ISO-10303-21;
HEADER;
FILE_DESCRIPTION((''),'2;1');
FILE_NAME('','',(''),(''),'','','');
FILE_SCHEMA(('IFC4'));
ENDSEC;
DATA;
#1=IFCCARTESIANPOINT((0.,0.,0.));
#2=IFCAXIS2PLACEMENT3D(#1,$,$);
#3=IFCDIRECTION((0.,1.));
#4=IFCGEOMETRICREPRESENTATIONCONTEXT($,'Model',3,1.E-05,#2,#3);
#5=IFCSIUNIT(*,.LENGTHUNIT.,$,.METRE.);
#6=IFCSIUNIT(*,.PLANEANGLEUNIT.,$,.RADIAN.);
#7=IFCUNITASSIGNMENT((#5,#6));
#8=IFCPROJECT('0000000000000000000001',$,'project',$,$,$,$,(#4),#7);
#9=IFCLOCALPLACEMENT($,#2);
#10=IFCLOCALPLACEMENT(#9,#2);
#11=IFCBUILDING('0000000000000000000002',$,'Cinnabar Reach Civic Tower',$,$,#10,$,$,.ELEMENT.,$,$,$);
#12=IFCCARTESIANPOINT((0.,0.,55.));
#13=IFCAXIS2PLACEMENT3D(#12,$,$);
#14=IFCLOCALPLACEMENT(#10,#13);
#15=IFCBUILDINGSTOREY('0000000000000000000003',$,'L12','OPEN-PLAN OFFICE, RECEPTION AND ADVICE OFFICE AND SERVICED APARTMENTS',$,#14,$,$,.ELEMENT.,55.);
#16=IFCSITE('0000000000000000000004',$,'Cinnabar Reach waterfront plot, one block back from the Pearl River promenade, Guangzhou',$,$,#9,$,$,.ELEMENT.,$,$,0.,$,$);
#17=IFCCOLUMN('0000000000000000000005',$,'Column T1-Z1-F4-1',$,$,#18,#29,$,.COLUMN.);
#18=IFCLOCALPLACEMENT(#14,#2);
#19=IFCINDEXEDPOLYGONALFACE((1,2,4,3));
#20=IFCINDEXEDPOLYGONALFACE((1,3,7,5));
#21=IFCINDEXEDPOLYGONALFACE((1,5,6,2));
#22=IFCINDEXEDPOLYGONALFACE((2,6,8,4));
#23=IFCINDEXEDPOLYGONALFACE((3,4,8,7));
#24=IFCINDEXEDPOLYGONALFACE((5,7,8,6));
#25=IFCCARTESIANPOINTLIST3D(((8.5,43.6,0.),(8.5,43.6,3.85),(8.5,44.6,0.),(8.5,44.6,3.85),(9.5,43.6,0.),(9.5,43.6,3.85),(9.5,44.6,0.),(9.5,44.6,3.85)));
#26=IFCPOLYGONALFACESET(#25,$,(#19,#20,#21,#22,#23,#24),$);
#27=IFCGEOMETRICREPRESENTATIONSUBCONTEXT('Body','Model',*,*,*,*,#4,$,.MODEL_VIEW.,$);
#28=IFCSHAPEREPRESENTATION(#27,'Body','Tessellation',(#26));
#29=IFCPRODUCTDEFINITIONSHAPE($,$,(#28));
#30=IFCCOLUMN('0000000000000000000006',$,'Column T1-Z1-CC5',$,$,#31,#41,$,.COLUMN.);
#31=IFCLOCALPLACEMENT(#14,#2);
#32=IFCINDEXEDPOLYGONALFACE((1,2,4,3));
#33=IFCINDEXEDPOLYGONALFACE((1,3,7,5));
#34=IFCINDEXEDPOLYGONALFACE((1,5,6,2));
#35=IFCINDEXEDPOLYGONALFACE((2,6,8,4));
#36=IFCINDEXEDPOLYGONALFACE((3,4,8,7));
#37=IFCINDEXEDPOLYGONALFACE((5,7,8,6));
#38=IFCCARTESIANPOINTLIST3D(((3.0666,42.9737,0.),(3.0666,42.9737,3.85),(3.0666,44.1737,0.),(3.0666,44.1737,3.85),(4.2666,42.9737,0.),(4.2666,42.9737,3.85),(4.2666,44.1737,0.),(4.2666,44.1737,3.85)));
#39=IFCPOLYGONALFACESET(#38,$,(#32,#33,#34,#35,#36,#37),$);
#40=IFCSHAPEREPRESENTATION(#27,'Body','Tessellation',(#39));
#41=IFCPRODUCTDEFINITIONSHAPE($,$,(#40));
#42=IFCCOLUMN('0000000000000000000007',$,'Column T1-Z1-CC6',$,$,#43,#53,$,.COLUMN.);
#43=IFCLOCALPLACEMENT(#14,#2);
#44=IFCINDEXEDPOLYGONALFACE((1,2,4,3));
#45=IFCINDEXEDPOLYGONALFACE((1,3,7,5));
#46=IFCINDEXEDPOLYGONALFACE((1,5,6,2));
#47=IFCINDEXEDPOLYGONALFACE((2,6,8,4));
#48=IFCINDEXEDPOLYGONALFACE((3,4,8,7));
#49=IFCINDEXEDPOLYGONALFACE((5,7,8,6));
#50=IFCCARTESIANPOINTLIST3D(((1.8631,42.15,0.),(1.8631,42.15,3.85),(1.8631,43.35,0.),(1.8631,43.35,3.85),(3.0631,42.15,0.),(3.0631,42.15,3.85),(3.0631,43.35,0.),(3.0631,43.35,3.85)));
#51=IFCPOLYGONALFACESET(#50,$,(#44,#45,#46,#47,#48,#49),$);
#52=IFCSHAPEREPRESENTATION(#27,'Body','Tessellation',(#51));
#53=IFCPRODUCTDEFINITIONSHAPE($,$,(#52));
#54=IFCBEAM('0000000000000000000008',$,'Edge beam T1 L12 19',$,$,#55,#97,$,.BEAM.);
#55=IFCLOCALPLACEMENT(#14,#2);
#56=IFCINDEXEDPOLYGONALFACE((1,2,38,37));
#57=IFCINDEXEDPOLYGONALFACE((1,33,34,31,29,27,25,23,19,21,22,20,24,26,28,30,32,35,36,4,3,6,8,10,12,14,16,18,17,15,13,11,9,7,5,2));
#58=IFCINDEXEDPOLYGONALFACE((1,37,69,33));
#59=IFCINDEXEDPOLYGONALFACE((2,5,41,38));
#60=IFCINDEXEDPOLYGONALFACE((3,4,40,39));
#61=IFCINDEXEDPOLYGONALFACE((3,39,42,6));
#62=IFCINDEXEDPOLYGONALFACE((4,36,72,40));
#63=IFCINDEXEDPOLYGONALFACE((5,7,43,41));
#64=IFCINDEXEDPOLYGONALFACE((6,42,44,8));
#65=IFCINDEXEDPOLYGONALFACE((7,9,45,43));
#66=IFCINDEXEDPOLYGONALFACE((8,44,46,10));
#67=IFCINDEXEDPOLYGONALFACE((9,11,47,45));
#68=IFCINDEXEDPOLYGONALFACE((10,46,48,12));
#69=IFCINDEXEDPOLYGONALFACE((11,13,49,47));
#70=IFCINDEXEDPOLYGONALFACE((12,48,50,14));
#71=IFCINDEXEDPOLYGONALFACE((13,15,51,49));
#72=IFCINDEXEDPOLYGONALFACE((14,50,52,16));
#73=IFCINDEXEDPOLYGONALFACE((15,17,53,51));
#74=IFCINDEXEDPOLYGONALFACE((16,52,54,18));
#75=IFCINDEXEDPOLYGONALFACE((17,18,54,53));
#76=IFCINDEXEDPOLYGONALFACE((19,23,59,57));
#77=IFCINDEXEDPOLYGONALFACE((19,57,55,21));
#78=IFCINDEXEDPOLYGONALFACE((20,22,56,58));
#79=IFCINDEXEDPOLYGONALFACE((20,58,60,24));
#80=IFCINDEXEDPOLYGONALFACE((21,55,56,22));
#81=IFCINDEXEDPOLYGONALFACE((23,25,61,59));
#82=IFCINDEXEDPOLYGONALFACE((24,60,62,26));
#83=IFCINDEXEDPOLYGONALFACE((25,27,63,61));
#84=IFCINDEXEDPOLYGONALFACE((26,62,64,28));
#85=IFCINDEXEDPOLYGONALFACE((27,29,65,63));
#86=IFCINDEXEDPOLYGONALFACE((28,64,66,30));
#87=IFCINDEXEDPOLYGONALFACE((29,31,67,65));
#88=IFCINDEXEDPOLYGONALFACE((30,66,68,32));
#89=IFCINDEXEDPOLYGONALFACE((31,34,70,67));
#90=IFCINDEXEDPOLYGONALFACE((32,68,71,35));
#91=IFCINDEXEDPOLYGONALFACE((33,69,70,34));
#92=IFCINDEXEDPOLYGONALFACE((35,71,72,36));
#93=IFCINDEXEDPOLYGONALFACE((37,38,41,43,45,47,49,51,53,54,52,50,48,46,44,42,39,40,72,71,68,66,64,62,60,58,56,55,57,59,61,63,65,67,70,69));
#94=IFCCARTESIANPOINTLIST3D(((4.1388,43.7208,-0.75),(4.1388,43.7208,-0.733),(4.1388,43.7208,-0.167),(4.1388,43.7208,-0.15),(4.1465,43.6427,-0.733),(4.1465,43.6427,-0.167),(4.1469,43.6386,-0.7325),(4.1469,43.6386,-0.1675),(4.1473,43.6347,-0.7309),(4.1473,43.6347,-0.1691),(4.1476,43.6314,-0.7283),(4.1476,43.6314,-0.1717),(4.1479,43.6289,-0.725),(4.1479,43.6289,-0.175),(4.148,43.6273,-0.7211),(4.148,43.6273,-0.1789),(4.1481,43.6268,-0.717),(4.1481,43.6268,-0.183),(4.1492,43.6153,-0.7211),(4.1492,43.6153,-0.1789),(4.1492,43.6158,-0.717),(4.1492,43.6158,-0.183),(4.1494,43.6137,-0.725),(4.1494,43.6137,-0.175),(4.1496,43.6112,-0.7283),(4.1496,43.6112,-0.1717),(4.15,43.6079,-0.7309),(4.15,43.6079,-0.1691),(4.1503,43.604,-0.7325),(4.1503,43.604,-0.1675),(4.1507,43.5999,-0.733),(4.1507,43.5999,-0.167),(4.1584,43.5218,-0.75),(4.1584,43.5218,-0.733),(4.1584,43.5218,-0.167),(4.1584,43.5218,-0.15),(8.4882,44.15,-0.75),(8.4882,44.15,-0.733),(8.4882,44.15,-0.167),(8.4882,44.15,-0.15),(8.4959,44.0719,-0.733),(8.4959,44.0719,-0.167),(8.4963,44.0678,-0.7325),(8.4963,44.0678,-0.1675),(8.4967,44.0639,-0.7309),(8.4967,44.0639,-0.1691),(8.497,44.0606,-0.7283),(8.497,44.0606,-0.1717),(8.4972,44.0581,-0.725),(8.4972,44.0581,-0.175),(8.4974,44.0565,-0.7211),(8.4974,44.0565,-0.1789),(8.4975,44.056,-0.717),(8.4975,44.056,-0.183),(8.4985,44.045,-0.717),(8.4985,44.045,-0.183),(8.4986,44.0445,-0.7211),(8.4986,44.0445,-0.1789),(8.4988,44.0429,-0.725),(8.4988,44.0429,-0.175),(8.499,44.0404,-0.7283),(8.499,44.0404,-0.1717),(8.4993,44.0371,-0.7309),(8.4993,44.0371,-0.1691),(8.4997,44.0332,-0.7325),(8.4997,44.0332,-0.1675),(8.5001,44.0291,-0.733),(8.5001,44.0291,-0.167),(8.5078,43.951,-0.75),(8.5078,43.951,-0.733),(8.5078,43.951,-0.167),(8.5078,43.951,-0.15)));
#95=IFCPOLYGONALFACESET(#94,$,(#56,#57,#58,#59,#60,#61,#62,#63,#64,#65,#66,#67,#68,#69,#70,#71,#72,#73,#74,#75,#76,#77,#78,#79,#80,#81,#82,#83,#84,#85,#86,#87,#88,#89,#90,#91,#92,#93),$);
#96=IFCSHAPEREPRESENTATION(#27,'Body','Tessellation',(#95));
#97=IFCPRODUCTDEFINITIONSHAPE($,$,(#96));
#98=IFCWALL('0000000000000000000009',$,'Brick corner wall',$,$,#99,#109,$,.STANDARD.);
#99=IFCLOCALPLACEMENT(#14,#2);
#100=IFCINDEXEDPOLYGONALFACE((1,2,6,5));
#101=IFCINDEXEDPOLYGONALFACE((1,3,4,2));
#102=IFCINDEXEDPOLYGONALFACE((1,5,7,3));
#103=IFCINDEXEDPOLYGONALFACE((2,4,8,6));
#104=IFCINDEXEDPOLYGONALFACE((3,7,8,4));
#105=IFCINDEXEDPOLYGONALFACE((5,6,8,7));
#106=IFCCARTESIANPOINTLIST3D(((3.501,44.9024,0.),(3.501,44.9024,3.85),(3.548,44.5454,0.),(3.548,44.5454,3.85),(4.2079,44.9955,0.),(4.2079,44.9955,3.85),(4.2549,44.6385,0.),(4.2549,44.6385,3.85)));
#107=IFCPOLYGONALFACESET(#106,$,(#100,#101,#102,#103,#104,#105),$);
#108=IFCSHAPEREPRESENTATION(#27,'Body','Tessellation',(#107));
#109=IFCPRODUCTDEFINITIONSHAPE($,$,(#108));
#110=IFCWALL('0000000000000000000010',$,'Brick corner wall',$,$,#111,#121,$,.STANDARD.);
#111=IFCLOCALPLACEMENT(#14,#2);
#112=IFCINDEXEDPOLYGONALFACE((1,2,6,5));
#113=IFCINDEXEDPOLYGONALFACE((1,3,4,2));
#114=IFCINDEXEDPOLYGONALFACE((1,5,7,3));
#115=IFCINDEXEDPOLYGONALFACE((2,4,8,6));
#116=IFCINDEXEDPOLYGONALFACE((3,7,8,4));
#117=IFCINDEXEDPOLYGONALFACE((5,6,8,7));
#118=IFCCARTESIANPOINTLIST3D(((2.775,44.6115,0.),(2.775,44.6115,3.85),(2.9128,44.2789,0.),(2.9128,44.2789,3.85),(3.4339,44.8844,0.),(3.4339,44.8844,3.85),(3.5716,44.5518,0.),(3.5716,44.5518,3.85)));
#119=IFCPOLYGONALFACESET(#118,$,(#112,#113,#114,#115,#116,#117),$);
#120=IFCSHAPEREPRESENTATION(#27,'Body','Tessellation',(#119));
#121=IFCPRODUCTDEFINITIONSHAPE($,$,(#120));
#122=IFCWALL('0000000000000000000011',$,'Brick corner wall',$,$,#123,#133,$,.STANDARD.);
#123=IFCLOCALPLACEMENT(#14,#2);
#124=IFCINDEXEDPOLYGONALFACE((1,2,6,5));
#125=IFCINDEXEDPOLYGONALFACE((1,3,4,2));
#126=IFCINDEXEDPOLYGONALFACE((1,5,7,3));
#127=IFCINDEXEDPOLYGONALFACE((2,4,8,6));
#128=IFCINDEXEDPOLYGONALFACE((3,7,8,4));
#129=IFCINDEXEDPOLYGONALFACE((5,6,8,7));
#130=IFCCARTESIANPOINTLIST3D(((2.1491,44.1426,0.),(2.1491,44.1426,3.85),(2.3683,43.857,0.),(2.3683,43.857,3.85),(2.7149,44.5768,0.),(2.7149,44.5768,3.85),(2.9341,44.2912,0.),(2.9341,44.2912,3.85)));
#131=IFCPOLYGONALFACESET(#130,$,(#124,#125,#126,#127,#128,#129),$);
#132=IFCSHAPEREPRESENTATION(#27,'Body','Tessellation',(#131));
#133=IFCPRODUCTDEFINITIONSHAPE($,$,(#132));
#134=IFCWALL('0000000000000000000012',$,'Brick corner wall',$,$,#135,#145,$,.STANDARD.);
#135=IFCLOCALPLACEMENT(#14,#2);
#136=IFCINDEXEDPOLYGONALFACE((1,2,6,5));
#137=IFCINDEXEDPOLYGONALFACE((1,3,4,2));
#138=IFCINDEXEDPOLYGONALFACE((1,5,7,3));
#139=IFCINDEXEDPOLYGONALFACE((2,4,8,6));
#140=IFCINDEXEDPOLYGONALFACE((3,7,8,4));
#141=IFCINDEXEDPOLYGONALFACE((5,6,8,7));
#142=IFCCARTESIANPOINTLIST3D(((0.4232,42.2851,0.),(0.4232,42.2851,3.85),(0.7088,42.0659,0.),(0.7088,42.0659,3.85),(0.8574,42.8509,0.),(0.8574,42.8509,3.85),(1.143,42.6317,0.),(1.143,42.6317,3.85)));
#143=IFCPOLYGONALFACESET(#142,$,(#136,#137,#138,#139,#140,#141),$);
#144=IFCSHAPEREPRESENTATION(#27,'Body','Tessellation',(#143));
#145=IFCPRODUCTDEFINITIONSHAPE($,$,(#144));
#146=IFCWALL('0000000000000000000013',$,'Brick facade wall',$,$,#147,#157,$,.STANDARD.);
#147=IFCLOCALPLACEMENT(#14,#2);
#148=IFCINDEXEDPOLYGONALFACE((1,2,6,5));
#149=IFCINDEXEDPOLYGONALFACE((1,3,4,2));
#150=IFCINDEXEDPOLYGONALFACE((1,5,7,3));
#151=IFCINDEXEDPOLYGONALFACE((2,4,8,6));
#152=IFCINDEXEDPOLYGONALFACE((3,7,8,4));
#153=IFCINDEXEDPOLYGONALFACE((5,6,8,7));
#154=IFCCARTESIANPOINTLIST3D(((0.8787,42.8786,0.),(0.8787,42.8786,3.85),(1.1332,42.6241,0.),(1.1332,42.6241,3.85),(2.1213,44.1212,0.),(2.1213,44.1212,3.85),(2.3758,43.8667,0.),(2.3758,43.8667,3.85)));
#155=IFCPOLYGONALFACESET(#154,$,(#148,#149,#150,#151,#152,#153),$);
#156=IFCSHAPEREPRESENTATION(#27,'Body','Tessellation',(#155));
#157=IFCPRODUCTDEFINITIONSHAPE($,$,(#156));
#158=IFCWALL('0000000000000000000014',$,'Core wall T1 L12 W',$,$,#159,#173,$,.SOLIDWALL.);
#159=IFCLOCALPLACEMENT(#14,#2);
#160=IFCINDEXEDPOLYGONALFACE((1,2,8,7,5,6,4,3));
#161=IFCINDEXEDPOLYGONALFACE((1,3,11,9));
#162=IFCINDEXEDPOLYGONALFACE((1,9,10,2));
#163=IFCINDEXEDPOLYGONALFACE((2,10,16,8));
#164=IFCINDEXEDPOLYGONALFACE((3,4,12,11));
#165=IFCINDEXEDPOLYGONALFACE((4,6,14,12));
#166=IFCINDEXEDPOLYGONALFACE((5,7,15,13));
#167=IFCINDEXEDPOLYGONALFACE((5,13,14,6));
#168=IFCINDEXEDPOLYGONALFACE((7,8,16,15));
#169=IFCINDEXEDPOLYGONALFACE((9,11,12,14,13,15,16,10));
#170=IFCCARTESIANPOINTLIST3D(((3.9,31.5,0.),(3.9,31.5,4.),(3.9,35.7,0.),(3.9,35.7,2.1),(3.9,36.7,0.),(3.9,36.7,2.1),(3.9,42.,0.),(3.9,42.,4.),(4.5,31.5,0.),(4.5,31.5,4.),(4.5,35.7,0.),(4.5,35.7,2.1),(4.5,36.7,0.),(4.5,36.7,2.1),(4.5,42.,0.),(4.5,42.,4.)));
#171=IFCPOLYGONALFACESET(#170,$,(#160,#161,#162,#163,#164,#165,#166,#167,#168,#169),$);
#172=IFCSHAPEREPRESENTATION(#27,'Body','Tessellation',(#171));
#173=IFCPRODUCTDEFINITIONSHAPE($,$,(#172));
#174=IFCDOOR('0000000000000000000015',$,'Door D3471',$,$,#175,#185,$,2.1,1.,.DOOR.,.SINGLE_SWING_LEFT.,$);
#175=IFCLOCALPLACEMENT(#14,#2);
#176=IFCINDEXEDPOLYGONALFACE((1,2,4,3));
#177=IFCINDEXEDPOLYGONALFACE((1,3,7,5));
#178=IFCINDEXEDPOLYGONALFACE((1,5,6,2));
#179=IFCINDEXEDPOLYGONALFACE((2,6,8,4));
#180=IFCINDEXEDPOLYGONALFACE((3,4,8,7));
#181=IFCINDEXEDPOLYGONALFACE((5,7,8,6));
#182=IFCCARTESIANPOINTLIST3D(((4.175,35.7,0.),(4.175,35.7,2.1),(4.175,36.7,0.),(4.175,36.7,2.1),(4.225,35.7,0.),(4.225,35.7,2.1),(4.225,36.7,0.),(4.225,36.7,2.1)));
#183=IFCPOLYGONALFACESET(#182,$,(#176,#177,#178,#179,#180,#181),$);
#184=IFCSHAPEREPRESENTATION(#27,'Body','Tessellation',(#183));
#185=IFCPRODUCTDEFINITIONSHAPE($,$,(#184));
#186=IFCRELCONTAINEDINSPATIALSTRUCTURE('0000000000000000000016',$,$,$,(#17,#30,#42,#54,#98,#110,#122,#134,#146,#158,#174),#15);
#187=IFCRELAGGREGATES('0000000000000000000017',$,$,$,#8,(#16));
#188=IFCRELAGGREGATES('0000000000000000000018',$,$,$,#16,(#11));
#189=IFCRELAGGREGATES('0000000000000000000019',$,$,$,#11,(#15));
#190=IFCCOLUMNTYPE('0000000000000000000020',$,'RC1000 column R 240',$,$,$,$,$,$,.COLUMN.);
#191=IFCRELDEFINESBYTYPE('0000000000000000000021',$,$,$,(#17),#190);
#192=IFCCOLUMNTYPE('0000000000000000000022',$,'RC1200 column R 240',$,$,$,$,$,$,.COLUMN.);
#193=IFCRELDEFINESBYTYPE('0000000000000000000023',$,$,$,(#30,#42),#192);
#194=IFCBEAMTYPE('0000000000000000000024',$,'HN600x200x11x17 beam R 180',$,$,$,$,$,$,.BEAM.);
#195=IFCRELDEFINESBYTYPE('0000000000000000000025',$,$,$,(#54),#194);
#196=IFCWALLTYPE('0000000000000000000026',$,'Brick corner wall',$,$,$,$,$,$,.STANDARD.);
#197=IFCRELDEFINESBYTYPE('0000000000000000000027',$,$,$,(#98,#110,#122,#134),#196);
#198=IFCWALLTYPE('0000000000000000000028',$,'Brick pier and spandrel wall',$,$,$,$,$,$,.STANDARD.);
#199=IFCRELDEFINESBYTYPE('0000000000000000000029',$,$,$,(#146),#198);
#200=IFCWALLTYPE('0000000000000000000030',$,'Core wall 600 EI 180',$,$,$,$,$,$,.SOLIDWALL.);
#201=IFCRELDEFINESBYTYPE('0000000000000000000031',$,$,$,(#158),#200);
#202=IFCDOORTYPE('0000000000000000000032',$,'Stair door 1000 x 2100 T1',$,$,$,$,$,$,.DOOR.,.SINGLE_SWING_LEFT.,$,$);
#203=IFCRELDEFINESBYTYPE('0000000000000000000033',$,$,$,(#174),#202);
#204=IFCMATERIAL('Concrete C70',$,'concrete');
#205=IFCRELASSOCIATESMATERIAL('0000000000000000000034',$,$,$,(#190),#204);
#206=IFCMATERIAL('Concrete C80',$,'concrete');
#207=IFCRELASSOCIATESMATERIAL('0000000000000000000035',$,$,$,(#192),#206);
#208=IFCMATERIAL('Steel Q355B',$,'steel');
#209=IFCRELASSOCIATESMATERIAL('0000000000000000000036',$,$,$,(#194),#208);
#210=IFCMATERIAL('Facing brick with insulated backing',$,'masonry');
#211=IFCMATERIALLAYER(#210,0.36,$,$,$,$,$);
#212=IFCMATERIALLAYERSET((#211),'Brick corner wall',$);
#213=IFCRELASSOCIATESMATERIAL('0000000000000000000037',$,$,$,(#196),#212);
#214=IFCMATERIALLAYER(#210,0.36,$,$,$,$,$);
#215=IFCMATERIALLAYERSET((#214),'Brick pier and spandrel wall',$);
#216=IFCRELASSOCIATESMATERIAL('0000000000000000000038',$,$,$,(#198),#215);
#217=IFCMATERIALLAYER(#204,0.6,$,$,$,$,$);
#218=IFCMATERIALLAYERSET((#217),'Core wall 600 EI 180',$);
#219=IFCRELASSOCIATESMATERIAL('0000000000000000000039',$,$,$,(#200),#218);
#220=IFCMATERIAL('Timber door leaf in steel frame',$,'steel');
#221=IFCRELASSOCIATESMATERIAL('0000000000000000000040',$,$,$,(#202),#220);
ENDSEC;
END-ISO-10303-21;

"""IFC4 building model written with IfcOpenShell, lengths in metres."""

from ifc_helpers import new_model, si_unit, direction, frame, frame_2d, origin, origin_2d, place, context, subcontext, project, spatial, rectangle, i_section, extrude, material, layer, layer_set, material_profile, profile_set, type_object, element, fill, save


model = new_model("IFC4")

# Units and contexts
model_context = context("Model", 3, precision=1e-05, world=origin(), true_north=direction((0.0, 1.0)))
body_context = subcontext(model_context, "Body", "Model", "MODEL_VIEW")
ifc_project = project(units=[si_unit("LENGTHUNIT", "METRE"), si_unit("PLANEANGLEUNIT", "RADIAN")], contexts=[model_context])

# Site, building, storey
site_placement = place(None, origin())
site = spatial("IfcSite", under=ifc_project, at=site_placement, Name="Cinnabar Reach waterfront plot, one block back from the Pearl River promenade, Guangzhou", CompositionType="ELEMENT", RefElevation=0.0)
building_placement = place(site_placement, origin())
building = spatial("IfcBuilding", under=site, at=building_placement, Name="Cinnabar Reach Civic Tower", CompositionType="ELEMENT")
storey_placement = place(building_placement, frame((0.0, 0.0, 55.0)))
storey = spatial("IfcBuildingStorey", under=building, at=storey_placement, Name="L12", Description="OPEN-PLAN OFFICE, RECEPTION AND ADVICE OFFICE AND SERVICED APARTMENTS", CompositionType="ELEMENT", Elevation=55.0)

# Columns
ifc_material_1 = material(Name="Concrete C70", Category="concrete")
ifc_material_profile_1 = material_profile(ifc_material_1, rectangle(XDim=1.0, YDim=1.0, at=origin_2d()), Name="RC1000")
ifc_profile_set_1 = profile_set([ifc_material_profile_1], Name="Concrete C70")
column_type_1 = type_object("IfcColumnType", Name="RC1000 column R 240", PredefinedType="COLUMN", material=ifc_profile_set_1)
column_placement = place(storey_placement, frame((9.0, 44.1, 0.0), z_axis=(0.0, 0.0, 1.0), x_axis=(1.0, 0.0, 0.0)))
element("IfcColumn", 1, at=column_placement, inside=storey, type_object=column_type_1, Name="Column T1-Z1-F4-1", PredefinedType="COLUMN", context=body_context, shape_type="SweptSolid", body=[
    extrude(rectangle(XDim=1.0, YDim=1.0, at=origin_2d()), origin(), (0.0, 0.0, 1.0), 3.85),
])
ifc_material_2 = material(Name="Concrete C80", Category="concrete")
ifc_material_profile_2 = material_profile(ifc_material_2, rectangle(XDim=1.2, YDim=1.2, at=origin_2d()), Name="RC1200")
ifc_profile_set_2 = profile_set([ifc_material_profile_2], Name="Concrete C80")
column_type_2 = type_object("IfcColumnType", Name="RC1200 column R 240", PredefinedType="COLUMN", material=ifc_profile_set_2)
for number, where, z_axis, x_axis, name in (
    (2, (3.6666, 43.5737, 0.0), (0.0, 0.0, 1.0), (1.0, 0.0, 0.0), "Column T1-Z1-CC5"),
    (3, (2.4631, 42.75, 0.0), (0.0, 0.0, 1.0), (1.0, 0.0, 0.0), "Column T1-Z1-CC6"),
):
    element("IfcColumn", number, at=place(storey_placement, frame(where, z_axis=z_axis, x_axis=x_axis)), inside=storey, type_object=column_type_2, Name=name, PredefinedType="COLUMN", context=body_context, shape_type="SweptSolid", body=[
        extrude(rectangle(XDim=1.2, YDim=1.2, at=origin_2d()), origin(), (0.0, 0.0, 1.0), 3.85),
    ])

# Beam
ifc_material_3 = material(Name="Steel Q355B", Category="steel")
ifc_material_profile_3 = material_profile(ifc_material_3, i_section(OverallWidth=0.2, OverallDepth=0.6, WebThickness=0.011, FlangeThickness=0.017, FilletRadius=0.016, at=origin_2d()), Name="HN600x200x11x17")
ifc_profile_set_3 = profile_set([ifc_material_profile_3], Name="Steel Q355B")
beam_type = type_object("IfcBeamType", Name="HN600x200x11x17 beam R 180", PredefinedType="BEAM", material=ifc_profile_set_3)
beam_placement = place(storey_placement, frame((8.498, 44.0505, -0.45), z_axis=(-0.995166, -0.098203, 0.0), x_axis=(0.098203, -0.995166, 0.0)))
element("IfcBeam", 4, at=beam_placement, inside=storey, type_object=beam_type, Name="Edge beam T1 L12 19", PredefinedType="BEAM", context=body_context, shape_type="SweptSolid", body=[
    extrude(i_section(OverallWidth=0.2, OverallDepth=0.6, WebThickness=0.011, FlangeThickness=0.017, FilletRadius=0.016, at=origin_2d()), origin(), (0.0, 0.0, 1.0), 4.3705),
])

# Walls
ifc_material_4 = material(Name="Facing brick with insulated backing", Category="masonry")
ifc_layer_1 = layer(ifc_material_4, 0.36)
ifc_layer_set_1 = layer_set([ifc_layer_1], Name="Brick corner wall")
wall_type_1 = type_object("IfcWallType", Name="Brick corner wall", PredefinedType="STANDARD", material=ifc_layer_set_1)
for number, where, z_axis, x_axis, name in (
    (5, (4.2314, 44.817, 0.0), (0.0, 0.0, 1.0), (-0.991441, -0.130556, 0.0), "Brick corner wall"),
    (6, (3.5027, 44.7181, 0.0), (0.0, 0.0, 1.0), (-0.923872, -0.382703, 0.0), "Brick corner wall"),
):
    element("IfcWall", number, at=place(storey_placement, frame(where, z_axis=z_axis, x_axis=x_axis)), inside=storey, type_object=wall_type_1, Name=name, PredefinedType="STANDARD", context=body_context, shape_type="SweptSolid", body=[
        extrude(rectangle(XDim=0.7131, YDim=0.36, at=frame_2d((0.3565, 0.0))), origin(), (0.0, 0.0, 1.0), 3.85),
    ])
for number, where, z_axis, x_axis, name in (
    (7, (2.8245, 44.434, 0.0), (0.0, 0.0, 1.0), (-0.793322, -0.608802, 0.0), "Brick corner wall"),
    (8, (1.0002, 42.7413, 0.0), (0.0, 0.0, 1.0), (-0.608802, -0.793322, 0.0), "Brick corner wall"),
):
    element("IfcWall", number, at=place(storey_placement, frame(where, z_axis=z_axis, x_axis=x_axis)), inside=storey, type_object=wall_type_1, Name=name, PredefinedType="STANDARD", context=body_context, shape_type="SweptSolid", body=[
        extrude(rectangle(XDim=0.7132, YDim=0.36, at=frame_2d((0.3566, 0.0))), origin(), (0.0, 0.0, 1.0), 3.85),
    ])
ifc_layer_2 = layer(ifc_material_4, 0.36)
ifc_layer_set_2 = layer_set([ifc_layer_2], Name="Brick pier and spandrel wall")
wall_type_2 = type_object("IfcWallType", Name="Brick pier and spandrel wall", PredefinedType="STANDARD", material=ifc_layer_set_2)
wall_1_placement = place(storey_placement, frame((2.2486, 43.994, 0.0), z_axis=(0.0, 0.0, 1.0), x_axis=(-0.707107, -0.707107, 0.0)))
element("IfcWall", 9, at=wall_1_placement, inside=storey, type_object=wall_type_2, Name="Brick facade wall", PredefinedType="STANDARD", context=body_context, shape_type="SweptSolid", body=[
    extrude(rectangle(XDim=1.7573, YDim=0.36, at=frame_2d((0.8787, 0.0))), origin(), (0.0, 0.0, 1.0), 3.85),
])

# Wall, opening, door
ifc_layer_3 = layer(ifc_material_1, 0.6)
ifc_layer_set_3 = layer_set([ifc_layer_3], Name="Core wall 600 EI 180")
wall_type_3 = type_object("IfcWallType", Name="Core wall 600 EI 180", PredefinedType="SOLIDWALL", material=ifc_layer_set_3)
wall_2_placement = place(storey_placement, frame((4.2, 42.0, 0.0), z_axis=(0.0, 0.0, 1.0), x_axis=(0.0, -1.0, 0.0)))
wall_2 = element("IfcWall", 10, at=wall_2_placement, inside=storey, type_object=wall_type_3, Name="Core wall T1 L12 W", PredefinedType="SOLIDWALL", context=body_context, shape_type="SweptSolid", body=[
    extrude(rectangle(XDim=10.5, YDim=0.6, at=frame_2d((5.25, 0.0))), origin(), (0.0, 0.0, 1.0), 4.0),
])
opening_placement = place(wall_2_placement, frame((5.3, 0.0, 0.0)))
opening = element("IfcOpeningElement", 11, at=opening_placement, cuts=wall_2, PredefinedType="OPENING", context=body_context, shape_type="SweptSolid", body=[
    extrude(rectangle(XDim=1.0, YDim=2.1, at=frame_2d((0.5, 1.05))), frame((0.0, 0.31, 0.0), z_axis=(0.0, -1.0, 0.0), x_axis=(1.0, 0.0, 0.0)), (0.0, 0.0, 1.0), 0.62),
])
ifc_material_5 = material(Name="Timber door leaf in steel frame", Category="steel")
door_type = type_object("IfcDoorType", Name="Stair door 1000 x 2100 T1", OperationType="SINGLE_SWING_LEFT", PredefinedType="DOOR", material=ifc_material_5)
door_placement = place(opening_placement, frame((1.0, 0.0, 0.0), z_axis=(0.0, 0.0, 1.0), x_axis=(-1.0, 0.0, 0.0)))
door = element("IfcDoor", 12, at=door_placement, inside=storey, type_object=door_type, Name="Door D3471", OperationType="SINGLE_SWING_LEFT", OverallHeight=2.1, OverallWidth=1.0, PredefinedType="DOOR", context=body_context, shape_type="SweptSolid", body=[
    extrude(rectangle(XDim=1.0, YDim=2.1, at=frame_2d((0.5, 1.05))), frame((0.0, 0.025, 0.0), z_axis=(0.0, -1.0, 0.0), x_axis=(1.0, 0.0, 0.0)), (0.0, 0.0, 1.0), 0.05),
])
fill(opening, door)

save(model, "model.ifc")
